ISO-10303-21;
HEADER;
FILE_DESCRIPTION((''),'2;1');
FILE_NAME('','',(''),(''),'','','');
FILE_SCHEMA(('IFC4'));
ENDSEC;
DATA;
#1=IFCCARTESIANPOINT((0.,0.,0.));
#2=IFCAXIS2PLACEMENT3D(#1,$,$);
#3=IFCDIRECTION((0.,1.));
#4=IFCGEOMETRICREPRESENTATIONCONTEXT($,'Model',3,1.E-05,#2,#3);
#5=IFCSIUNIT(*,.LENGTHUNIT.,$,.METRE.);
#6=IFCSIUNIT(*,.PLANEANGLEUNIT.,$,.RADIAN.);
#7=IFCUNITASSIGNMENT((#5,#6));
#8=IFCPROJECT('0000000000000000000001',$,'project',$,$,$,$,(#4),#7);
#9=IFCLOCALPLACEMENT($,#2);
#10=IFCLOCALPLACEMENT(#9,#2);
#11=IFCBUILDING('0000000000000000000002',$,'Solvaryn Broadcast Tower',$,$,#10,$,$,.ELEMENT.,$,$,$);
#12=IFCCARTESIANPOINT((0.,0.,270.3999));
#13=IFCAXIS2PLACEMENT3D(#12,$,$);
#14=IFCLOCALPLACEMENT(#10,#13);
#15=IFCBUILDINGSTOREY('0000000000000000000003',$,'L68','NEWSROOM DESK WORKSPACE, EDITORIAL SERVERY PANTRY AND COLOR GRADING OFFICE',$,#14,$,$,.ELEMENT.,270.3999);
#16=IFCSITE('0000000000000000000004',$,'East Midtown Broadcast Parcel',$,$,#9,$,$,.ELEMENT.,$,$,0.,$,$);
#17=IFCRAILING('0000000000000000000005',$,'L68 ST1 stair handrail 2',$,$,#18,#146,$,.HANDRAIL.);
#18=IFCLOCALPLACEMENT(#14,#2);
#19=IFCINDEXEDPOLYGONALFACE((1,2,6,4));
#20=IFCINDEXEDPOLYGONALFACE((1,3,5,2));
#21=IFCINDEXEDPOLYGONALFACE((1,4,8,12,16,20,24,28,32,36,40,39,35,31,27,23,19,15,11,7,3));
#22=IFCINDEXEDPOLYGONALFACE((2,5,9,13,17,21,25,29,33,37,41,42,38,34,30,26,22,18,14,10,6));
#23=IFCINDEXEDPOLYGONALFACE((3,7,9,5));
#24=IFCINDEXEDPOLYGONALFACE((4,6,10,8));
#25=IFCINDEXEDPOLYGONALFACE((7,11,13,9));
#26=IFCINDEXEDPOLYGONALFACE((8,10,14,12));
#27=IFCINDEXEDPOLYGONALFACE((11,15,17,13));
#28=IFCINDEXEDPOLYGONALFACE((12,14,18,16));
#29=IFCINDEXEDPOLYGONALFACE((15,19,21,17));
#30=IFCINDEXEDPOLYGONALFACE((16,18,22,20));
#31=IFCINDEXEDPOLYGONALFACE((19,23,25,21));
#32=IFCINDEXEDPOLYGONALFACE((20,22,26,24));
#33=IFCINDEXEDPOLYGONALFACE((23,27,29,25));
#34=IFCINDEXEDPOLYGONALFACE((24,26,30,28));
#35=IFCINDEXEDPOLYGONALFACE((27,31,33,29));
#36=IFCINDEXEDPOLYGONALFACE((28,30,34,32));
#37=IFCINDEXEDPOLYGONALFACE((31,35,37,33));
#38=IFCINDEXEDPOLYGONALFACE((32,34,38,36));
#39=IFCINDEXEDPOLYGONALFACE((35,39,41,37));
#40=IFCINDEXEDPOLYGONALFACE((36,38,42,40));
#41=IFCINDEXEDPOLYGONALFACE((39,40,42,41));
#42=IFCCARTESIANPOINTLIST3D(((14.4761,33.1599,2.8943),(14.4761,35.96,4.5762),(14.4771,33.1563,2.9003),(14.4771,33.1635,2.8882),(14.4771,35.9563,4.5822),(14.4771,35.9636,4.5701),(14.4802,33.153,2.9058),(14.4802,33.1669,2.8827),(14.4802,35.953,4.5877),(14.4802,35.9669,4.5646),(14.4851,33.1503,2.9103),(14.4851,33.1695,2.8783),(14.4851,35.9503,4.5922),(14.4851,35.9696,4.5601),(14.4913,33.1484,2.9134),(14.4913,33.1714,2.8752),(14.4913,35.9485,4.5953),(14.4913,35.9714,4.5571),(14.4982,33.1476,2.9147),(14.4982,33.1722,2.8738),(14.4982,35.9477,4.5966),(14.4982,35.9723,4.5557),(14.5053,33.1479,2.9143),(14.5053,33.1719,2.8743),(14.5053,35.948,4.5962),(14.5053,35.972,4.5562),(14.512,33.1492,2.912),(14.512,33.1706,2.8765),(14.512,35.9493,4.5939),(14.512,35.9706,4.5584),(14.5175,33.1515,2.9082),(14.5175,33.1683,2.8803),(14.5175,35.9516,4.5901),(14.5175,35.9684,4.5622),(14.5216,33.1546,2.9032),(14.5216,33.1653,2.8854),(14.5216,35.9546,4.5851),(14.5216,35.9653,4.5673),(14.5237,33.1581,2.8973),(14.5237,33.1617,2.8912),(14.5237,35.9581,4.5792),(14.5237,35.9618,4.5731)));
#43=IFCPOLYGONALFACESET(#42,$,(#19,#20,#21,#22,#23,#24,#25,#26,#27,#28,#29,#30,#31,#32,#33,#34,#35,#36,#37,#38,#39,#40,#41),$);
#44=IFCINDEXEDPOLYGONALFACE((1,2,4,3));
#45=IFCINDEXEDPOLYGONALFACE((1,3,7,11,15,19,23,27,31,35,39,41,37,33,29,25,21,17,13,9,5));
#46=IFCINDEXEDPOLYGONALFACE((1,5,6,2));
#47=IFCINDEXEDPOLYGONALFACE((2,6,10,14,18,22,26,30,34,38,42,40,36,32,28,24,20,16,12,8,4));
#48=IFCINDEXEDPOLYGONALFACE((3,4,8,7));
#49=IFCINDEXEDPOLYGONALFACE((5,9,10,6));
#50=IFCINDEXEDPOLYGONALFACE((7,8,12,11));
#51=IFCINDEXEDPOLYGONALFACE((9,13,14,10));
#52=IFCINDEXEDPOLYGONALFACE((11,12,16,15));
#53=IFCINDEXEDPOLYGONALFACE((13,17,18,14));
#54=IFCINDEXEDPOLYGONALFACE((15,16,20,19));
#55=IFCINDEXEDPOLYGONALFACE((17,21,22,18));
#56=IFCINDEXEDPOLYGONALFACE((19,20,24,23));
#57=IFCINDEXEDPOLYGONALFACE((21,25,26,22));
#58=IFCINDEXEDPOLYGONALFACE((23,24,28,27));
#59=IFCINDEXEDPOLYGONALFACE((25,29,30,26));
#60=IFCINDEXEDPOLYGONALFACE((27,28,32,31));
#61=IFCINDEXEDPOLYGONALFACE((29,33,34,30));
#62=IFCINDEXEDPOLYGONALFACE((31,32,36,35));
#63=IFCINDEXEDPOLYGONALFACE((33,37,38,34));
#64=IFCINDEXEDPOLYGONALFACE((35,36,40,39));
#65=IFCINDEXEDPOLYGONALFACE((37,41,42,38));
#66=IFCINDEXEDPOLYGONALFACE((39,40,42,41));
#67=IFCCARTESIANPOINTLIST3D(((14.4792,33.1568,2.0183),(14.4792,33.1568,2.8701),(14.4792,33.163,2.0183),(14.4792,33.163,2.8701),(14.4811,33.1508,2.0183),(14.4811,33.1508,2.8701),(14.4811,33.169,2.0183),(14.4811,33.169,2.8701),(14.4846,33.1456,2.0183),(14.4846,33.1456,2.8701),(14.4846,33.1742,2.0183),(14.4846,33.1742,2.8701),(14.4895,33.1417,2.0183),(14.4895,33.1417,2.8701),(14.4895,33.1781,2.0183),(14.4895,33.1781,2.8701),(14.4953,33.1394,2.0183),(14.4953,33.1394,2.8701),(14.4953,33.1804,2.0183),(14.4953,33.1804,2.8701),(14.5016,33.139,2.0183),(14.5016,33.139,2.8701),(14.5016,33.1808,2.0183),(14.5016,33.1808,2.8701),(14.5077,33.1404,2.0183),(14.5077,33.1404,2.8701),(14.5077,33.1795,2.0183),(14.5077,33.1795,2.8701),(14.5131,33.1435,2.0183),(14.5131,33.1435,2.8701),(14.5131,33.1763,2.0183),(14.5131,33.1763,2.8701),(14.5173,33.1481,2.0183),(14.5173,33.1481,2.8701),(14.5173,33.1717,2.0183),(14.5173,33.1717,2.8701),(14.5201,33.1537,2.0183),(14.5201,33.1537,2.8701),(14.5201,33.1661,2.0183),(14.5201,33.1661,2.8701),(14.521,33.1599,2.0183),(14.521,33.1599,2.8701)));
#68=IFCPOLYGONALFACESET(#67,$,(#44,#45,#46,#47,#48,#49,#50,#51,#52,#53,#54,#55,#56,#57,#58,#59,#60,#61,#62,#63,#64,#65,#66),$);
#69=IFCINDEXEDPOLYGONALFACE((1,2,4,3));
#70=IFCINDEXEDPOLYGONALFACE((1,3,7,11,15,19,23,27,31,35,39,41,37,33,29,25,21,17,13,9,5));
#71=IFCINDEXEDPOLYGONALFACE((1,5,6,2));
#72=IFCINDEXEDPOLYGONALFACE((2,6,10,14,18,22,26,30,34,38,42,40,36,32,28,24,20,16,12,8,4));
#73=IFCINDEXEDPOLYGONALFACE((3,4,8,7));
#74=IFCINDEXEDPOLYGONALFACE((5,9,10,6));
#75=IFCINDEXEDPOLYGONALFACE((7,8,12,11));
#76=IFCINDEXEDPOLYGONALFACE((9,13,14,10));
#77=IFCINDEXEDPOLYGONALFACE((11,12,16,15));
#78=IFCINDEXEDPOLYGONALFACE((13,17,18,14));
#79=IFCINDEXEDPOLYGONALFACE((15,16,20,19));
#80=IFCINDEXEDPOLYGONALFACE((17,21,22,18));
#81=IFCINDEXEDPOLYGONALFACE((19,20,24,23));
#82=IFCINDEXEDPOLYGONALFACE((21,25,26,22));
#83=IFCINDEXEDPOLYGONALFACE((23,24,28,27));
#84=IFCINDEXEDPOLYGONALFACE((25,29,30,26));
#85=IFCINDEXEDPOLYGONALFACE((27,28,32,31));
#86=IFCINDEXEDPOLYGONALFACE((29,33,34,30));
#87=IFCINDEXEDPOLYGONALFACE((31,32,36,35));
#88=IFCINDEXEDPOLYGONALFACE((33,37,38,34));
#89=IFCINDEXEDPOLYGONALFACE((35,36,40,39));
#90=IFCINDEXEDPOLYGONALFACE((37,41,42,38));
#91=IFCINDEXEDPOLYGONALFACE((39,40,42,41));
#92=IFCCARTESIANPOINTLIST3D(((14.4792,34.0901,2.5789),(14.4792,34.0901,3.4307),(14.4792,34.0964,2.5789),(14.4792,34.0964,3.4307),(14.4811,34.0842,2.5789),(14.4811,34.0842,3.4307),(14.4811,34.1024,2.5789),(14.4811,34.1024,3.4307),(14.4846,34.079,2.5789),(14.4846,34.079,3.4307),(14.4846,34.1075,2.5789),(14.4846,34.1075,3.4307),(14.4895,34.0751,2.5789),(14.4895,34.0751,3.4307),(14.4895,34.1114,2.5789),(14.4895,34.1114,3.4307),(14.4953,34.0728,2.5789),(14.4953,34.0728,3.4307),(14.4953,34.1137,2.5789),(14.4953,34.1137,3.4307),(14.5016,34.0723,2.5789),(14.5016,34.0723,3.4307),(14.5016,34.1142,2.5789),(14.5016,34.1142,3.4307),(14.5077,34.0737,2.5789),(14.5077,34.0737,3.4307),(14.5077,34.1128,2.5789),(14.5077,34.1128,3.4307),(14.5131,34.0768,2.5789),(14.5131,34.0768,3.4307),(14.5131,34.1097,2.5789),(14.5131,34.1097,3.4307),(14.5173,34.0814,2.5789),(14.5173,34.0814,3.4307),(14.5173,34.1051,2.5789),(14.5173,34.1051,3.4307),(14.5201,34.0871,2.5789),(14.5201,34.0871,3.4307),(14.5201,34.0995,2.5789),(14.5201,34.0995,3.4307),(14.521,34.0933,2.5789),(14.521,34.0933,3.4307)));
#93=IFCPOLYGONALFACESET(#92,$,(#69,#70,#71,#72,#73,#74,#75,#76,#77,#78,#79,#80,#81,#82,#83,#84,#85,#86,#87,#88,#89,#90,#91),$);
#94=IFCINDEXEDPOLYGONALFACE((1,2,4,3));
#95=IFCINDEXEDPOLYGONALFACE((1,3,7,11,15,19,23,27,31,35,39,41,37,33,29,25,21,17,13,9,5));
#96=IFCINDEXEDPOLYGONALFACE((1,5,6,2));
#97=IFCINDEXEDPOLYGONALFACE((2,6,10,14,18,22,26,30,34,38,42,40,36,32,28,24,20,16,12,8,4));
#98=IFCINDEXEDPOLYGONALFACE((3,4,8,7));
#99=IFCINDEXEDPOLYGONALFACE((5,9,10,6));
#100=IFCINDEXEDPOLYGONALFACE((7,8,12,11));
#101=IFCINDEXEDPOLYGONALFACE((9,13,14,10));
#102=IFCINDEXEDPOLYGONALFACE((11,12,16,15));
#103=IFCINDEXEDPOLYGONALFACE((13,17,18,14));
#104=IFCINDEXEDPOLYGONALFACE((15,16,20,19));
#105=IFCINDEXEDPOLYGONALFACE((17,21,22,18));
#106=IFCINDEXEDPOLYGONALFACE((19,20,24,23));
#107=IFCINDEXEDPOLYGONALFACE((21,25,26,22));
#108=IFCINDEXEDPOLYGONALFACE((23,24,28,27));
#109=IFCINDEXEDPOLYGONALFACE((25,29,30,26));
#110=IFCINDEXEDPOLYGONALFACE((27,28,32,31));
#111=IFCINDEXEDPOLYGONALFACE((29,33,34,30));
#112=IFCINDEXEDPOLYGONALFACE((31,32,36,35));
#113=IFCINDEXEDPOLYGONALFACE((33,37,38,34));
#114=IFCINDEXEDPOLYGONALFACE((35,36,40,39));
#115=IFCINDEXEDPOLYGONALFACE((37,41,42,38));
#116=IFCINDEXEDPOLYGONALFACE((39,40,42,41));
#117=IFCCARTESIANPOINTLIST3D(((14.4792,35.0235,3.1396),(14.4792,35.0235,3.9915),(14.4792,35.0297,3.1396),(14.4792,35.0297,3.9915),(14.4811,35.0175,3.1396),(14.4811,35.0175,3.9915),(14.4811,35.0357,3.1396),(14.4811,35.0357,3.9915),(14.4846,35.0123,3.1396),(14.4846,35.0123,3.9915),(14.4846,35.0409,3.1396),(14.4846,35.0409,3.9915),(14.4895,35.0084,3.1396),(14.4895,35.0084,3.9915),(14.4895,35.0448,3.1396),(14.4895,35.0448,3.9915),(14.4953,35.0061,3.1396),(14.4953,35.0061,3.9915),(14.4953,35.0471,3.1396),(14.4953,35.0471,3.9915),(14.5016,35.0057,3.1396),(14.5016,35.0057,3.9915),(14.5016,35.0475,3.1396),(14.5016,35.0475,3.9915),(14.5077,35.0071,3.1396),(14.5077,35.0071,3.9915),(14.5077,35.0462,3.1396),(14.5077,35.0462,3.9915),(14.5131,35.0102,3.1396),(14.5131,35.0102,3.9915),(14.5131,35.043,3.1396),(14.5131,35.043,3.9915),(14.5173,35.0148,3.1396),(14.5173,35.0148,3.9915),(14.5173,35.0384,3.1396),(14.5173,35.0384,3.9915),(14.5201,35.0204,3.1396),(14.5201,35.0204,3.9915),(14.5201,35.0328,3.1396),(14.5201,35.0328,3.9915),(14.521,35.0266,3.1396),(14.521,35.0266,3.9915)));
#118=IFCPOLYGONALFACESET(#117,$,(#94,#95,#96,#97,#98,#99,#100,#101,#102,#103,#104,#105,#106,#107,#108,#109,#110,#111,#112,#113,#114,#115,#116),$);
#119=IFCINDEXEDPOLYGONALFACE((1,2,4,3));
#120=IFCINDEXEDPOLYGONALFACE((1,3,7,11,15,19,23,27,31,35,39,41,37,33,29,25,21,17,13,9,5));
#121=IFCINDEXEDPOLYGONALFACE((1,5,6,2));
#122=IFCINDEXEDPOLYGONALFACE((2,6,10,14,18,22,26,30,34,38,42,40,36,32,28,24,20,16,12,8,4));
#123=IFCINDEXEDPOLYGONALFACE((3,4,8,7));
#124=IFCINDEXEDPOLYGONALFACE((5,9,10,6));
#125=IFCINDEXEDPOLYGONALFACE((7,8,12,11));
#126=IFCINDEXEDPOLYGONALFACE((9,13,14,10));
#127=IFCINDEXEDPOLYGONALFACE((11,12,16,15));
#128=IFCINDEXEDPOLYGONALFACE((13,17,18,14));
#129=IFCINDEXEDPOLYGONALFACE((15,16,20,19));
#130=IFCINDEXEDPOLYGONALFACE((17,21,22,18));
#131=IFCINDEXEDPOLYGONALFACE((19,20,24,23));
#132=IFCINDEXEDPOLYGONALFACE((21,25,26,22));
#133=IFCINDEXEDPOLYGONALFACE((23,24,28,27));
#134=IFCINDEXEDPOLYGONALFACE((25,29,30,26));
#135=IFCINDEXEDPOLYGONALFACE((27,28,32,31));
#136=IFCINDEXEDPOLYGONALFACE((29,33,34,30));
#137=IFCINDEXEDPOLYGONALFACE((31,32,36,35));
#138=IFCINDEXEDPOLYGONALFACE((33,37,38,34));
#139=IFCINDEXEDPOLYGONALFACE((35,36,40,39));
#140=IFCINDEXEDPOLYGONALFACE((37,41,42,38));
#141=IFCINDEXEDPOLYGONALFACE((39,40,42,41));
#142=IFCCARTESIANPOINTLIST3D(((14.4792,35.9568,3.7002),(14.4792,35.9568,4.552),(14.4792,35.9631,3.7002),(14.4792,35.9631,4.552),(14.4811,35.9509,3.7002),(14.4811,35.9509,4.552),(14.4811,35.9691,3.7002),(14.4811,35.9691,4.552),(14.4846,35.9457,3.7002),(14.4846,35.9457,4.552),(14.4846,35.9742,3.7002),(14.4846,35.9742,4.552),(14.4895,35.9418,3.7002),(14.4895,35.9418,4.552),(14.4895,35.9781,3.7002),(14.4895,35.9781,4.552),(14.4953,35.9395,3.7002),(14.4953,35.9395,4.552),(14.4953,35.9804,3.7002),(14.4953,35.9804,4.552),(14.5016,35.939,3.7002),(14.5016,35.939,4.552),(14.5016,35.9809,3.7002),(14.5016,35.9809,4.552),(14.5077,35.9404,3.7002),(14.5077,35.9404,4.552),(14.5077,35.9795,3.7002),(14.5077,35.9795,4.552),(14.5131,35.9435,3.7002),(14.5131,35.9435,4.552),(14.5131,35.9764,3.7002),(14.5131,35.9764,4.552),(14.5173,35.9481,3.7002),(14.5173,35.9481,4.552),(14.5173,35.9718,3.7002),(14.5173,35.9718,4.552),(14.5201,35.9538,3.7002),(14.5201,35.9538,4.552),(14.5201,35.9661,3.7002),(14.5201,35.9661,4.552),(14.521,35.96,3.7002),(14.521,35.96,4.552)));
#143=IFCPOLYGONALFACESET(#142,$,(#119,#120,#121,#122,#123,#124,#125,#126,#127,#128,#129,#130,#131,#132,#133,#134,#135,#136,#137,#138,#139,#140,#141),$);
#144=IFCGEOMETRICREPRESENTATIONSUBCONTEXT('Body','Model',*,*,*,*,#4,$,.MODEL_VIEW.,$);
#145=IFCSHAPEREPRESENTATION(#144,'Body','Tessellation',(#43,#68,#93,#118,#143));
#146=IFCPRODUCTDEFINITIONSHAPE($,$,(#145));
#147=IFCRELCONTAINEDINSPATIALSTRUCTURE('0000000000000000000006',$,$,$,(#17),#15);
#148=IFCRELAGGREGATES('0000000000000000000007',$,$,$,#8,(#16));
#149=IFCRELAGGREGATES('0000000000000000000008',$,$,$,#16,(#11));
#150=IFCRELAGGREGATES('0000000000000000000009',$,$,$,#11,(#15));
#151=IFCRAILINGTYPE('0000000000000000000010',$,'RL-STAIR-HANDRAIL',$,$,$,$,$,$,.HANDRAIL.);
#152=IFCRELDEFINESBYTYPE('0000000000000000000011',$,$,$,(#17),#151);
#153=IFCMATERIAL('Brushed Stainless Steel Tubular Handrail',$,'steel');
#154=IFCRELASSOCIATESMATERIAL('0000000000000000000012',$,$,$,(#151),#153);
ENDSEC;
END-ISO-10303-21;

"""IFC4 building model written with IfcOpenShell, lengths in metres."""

from ifc_helpers import new_model, si_unit, direction, frame, origin, origin_2d, place, context, subcontext, project, spatial, circle, extrude, material, type_object, element, save


model = new_model("IFC4")

# Units and contexts
model_context = context("Model", 3, precision=1e-05, world=origin(), true_north=direction((0.0, 1.0)))
body_context = subcontext(model_context, "Body", "Model", "MODEL_VIEW")
ifc_project = project(units=[si_unit("LENGTHUNIT", "METRE"), si_unit("PLANEANGLEUNIT", "RADIAN")], contexts=[model_context])

# Site, building, storey
site_placement = place(None, origin())
site = spatial("IfcSite", under=ifc_project, at=site_placement, Name="East Midtown Broadcast Parcel", CompositionType="ELEMENT", RefElevation=0.0)
building_placement = place(site_placement, origin())
building = spatial("IfcBuilding", under=site, at=building_placement, Name="Solvaryn Broadcast Tower", CompositionType="ELEMENT")
storey_placement = place(building_placement, frame((0.0, 0.0, 270.3999)))
storey = spatial("IfcBuildingStorey", under=building, at=storey_placement, Name="L68", Description="NEWSROOM DESK WORKSPACE, EDITORIAL SERVERY PANTRY AND COLOR GRADING OFFICE", CompositionType="ELEMENT", Elevation=270.3999)

# Railing
ifc_material_1 = material(Name="Brushed Stainless Steel Tubular Handrail", Category="steel")
railing_type_1 = type_object("IfcRailingType", Name="RL-STAIR-HANDRAIL", PredefinedType="HANDRAIL", material=ifc_material_1)
railing_1_placement = place(storey_placement, frame((14.5, 33.1599, 2.0183)))
element("IfcRailing", 1, at=railing_1_placement, inside=storey, type_object=railing_type_1, Name="L68 ST1 stair handrail 2", PredefinedType="HANDRAIL", context=body_context, shape_type="SweptSolid", body=[
    extrude(circle(Radius=0.0239, at=origin_2d()), frame((0.0, 0.0, 0.876), z_axis=(0.0, 0.857242, 0.514913), x_axis=(-1.0, 0.0, 0.0)), (0.0, 0.0, 1.0), 3.2664),
    extrude(circle(Radius=0.021, at=origin_2d()), origin(), (0.0, 0.0, 1.0), 0.8518),
    extrude(circle(Radius=0.021, at=origin_2d()), frame((0.0, 0.9333, 0.5605)), (0.0, 0.0, 1.0), 0.8518),
    extrude(circle(Radius=0.021, at=origin_2d()), frame((0.0, 1.8667, 1.1213)), (0.0, 0.0, 1.0), 0.8518),
    extrude(circle(Radius=0.021, at=origin_2d()), frame((0.0, 2.8, 1.6819)), (0.0, 0.0, 1.0), 0.8518),
])

save(model, "model.ifc")
